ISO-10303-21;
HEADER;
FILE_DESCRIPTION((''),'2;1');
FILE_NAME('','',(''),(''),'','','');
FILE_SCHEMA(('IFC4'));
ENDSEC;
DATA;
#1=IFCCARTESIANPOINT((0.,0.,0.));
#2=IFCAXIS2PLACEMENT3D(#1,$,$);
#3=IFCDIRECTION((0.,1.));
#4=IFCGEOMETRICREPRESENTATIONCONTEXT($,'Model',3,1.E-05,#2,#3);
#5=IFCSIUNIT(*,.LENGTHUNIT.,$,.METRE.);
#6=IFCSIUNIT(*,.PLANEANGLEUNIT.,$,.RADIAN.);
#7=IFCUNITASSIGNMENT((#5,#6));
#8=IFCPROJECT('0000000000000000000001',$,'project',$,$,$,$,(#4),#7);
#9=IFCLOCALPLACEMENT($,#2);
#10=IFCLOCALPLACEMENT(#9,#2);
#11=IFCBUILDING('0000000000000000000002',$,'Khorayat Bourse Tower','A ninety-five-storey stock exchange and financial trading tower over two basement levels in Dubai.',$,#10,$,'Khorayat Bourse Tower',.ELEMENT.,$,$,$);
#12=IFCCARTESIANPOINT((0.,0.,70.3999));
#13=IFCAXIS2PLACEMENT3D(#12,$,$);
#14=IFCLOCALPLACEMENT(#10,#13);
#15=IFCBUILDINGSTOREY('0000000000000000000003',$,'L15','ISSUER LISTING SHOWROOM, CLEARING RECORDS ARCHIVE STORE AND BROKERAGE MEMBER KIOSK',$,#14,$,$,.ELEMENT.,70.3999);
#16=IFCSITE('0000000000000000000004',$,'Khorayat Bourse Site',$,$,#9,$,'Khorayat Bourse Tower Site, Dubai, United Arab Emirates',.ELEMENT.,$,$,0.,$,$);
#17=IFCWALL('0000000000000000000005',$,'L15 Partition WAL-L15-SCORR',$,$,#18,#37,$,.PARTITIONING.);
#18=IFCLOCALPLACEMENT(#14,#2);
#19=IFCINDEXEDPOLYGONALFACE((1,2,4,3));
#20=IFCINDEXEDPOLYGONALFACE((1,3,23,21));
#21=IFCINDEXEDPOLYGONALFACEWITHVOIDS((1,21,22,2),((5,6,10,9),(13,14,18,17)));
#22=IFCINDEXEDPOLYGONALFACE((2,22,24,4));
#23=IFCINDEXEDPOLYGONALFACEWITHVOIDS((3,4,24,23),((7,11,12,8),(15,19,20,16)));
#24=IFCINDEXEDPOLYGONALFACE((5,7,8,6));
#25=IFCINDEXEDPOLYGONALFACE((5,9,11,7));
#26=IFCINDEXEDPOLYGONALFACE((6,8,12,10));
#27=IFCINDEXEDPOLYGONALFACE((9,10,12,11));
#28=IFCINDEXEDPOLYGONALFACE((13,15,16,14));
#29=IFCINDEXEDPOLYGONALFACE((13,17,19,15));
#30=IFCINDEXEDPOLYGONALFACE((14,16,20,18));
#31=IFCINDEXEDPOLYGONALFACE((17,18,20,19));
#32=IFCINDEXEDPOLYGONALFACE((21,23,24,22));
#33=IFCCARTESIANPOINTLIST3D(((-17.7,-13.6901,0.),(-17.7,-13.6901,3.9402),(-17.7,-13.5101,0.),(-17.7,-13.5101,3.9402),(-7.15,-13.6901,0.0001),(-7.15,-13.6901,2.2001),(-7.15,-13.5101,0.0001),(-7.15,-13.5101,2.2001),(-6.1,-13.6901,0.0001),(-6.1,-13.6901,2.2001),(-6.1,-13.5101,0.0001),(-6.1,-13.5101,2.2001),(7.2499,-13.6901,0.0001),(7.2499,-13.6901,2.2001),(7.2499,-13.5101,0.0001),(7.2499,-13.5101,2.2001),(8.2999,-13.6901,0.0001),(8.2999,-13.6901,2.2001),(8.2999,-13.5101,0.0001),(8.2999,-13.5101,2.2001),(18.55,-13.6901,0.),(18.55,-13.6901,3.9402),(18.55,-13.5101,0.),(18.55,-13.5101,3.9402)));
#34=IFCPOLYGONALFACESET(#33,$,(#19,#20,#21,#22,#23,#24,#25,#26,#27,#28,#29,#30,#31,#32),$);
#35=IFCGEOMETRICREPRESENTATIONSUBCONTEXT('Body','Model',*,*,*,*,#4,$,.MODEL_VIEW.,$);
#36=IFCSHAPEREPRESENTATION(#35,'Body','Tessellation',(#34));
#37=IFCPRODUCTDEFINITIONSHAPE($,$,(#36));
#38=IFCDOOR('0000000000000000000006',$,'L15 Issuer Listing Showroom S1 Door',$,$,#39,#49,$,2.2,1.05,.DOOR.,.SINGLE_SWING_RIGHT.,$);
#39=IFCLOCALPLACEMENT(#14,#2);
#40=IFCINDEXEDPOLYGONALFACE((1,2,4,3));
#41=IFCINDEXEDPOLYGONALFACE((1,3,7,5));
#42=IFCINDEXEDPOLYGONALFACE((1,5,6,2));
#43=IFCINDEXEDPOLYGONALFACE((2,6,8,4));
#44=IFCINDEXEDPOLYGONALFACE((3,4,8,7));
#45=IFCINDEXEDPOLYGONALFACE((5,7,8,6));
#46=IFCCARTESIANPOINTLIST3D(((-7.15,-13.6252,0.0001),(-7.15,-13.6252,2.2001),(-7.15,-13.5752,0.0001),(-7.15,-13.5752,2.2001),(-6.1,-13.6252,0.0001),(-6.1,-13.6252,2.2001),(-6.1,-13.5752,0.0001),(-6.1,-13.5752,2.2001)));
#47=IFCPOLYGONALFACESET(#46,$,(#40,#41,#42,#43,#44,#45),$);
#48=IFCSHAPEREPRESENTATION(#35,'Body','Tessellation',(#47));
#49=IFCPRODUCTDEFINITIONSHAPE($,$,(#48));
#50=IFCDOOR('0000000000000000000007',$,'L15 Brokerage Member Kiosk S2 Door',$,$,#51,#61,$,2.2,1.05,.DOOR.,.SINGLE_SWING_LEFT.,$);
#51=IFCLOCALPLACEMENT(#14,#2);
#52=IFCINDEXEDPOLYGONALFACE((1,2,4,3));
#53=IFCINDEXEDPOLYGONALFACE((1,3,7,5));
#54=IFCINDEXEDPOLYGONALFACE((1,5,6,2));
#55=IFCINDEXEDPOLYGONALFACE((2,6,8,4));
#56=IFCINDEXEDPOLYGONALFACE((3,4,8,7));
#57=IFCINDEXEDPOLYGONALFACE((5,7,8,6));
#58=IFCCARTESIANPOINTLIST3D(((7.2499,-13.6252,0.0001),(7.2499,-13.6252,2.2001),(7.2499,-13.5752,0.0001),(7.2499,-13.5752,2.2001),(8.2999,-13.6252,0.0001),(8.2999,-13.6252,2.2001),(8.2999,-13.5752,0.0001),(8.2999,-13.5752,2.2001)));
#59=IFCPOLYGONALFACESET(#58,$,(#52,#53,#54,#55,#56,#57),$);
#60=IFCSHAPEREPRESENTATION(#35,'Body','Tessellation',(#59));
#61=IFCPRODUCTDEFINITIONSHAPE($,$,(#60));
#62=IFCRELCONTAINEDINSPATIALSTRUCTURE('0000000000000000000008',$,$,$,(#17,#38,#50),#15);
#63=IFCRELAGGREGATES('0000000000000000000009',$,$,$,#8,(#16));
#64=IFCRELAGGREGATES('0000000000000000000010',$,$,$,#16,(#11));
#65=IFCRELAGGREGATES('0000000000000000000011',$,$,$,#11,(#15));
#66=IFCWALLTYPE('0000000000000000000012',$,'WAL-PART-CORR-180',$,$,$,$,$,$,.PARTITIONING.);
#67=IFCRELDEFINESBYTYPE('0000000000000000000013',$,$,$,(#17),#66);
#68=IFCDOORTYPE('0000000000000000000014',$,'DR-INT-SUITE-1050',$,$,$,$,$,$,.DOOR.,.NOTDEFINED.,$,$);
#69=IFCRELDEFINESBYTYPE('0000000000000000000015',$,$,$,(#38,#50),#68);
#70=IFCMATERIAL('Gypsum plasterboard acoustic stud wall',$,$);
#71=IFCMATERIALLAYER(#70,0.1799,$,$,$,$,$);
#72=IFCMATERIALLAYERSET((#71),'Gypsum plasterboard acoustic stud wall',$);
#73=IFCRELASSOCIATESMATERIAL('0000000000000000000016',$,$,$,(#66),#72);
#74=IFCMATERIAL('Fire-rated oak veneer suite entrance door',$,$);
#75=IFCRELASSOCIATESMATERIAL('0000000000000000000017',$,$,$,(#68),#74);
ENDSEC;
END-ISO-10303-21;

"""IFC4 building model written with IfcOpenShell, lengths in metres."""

from ifc_helpers import new_model, si_unit, direction, frame, frame_2d, origin, place, context, subcontext, project, spatial, rectangle, extrude, source, transform, mapped, material, layer, layer_set, type_object, element, fill, save


model = new_model("IFC4")

# Units and contexts
model_context = context("Model", 3, precision=1e-05, world=origin(), true_north=direction((0.0, 1.0)))
body_context = subcontext(model_context, "Body", "Model", "MODEL_VIEW")
ifc_project = project(units=[si_unit("LENGTHUNIT", "METRE"), si_unit("PLANEANGLEUNIT", "RADIAN")], contexts=[model_context])

# Site, building, storey
site_placement = place(None, origin())
site = spatial("IfcSite", under=ifc_project, at=site_placement, Name="Khorayat Bourse Site", LongName="Khorayat Bourse Tower Site, Dubai, United Arab Emirates", CompositionType="ELEMENT", RefElevation=0.0)
building_placement = place(site_placement, origin())
building = spatial("IfcBuilding", under=site, at=building_placement, Name="Khorayat Bourse Tower", Description="A ninety-five-storey stock exchange and financial trading tower over two basement levels in Dubai.", LongName="Khorayat Bourse Tower", CompositionType="ELEMENT")
storey_placement = place(building_placement, frame((0.0, 0.0, 70.3999)))
storey = spatial("IfcBuildingStorey", under=building, at=storey_placement, Name="L15", Description="ISSUER LISTING SHOWROOM, CLEARING RECORDS ARCHIVE STORE AND BROKERAGE MEMBER KIOSK", CompositionType="ELEMENT", Elevation=70.3999)

# Wall, openings, doors
ifc_material_1 = material(Name="Gypsum plasterboard acoustic stud wall")
ifc_layer_1 = layer(ifc_material_1, 0.1799)
ifc_layer_set_1 = layer_set([ifc_layer_1], Name="Gypsum plasterboard acoustic stud wall")
wall_type_1 = type_object("IfcWallType", Name="WAL-PART-CORR-180", PredefinedType="PARTITIONING", material=ifc_layer_set_1)
shared_shape_1 = source(origin(), body_context, "Body", "SweptSolid", [
    extrude(rectangle(XDim=36.25, YDim=0.1799, at=frame_2d((18.125, 0.0))), origin(), (0.0, 0.0, 1.0), 3.9402),
])
wall_1_placement = place(storey_placement, frame((-17.7, -13.6001, 0.0), z_axis=(0.0, 0.0, 1.0), x_axis=(1.0, 0.0, 0.0)))
wall_1 = element("IfcWall", 1, at=wall_1_placement, inside=storey, type_object=wall_type_1, Name="L15 Partition WAL-L15-SCORR", PredefinedType="PARTITIONING", context=body_context, shape_type="MappedRepresentation", body=[
    mapped(shared_shape_1, transform((0.0, 0.0, 0.0), scale=1.0)),
])
shared_shape_2 = source(origin(), body_context, "Body", "SweptSolid", [
    extrude(rectangle(XDim=1.05, YDim=2.2, at=frame_2d((0.5249, 1.1001))), frame((0.0, 0.0999, 0.0), z_axis=(0.0, -1.0, 0.0), x_axis=(1.0, 0.0, 0.0)), (0.0, 0.0, 1.0), 0.2),
])
opening_1_placement = place(wall_1_placement, frame((10.55, 0.0, 0.0)))
opening_1 = element("IfcOpeningElement", 2, at=opening_1_placement, cuts=wall_1, PredefinedType="OPENING", context=body_context, shape_type="MappedRepresentation", body=[
    mapped(shared_shape_2, transform((0.0, 0.0, 0.0), scale=1.0)),
])
opening_2_placement = place(wall_1_placement, frame((24.95, 0.0, 0.0)))
opening_2 = element("IfcOpeningElement", 3, at=opening_2_placement, cuts=wall_1, PredefinedType="OPENING", context=body_context, shape_type="MappedRepresentation", body=[
    mapped(shared_shape_2, transform((0.0, 0.0, 0.0), scale=1.0)),
])
ifc_material_2 = material(Name="Fire-rated oak veneer suite entrance door")
door_type_1 = type_object("IfcDoorType", Name="DR-INT-SUITE-1050", OperationType="NOTDEFINED", PredefinedType="DOOR", material=ifc_material_2)
shared_shape_3 = source(origin(), body_context, "Body", "SweptSolid", [
    extrude(rectangle(XDim=1.05, YDim=2.2, at=frame_2d((0.5249, 1.1001))), frame((0.0, 0.0249, 0.0), z_axis=(0.0, -1.0, 0.0), x_axis=(1.0, 0.0, 0.0)), (0.0, 0.0, 1.0), 0.05),
])
door_1_placement = place(opening_1_placement, origin())
door_1 = element("IfcDoor", 4, at=door_1_placement, inside=storey, type_object=door_type_1, Name="L15 Issuer Listing Showroom S1 Door", OperationType="SINGLE_SWING_RIGHT", OverallHeight=2.2, OverallWidth=1.05, PredefinedType="DOOR", context=body_context, shape_type="MappedRepresentation", body=[
    mapped(shared_shape_3, transform((0.0, 0.0, 0.0), scale=1.0)),
])
fill(opening_1, door_1)
door_2_placement = place(opening_2_placement, origin())
door_2 = element("IfcDoor", 5, at=door_2_placement, inside=storey, type_object=door_type_1, Name="L15 Brokerage Member Kiosk S2 Door", OperationType="SINGLE_SWING_LEFT", OverallHeight=2.2, OverallWidth=1.05, PredefinedType="DOOR", context=body_context, shape_type="MappedRepresentation", body=[
    mapped(shared_shape_3, transform((0.0, 0.0, 0.0), scale=1.0)),
])
fill(opening_2, door_2)

save(model, "model.ifc")
